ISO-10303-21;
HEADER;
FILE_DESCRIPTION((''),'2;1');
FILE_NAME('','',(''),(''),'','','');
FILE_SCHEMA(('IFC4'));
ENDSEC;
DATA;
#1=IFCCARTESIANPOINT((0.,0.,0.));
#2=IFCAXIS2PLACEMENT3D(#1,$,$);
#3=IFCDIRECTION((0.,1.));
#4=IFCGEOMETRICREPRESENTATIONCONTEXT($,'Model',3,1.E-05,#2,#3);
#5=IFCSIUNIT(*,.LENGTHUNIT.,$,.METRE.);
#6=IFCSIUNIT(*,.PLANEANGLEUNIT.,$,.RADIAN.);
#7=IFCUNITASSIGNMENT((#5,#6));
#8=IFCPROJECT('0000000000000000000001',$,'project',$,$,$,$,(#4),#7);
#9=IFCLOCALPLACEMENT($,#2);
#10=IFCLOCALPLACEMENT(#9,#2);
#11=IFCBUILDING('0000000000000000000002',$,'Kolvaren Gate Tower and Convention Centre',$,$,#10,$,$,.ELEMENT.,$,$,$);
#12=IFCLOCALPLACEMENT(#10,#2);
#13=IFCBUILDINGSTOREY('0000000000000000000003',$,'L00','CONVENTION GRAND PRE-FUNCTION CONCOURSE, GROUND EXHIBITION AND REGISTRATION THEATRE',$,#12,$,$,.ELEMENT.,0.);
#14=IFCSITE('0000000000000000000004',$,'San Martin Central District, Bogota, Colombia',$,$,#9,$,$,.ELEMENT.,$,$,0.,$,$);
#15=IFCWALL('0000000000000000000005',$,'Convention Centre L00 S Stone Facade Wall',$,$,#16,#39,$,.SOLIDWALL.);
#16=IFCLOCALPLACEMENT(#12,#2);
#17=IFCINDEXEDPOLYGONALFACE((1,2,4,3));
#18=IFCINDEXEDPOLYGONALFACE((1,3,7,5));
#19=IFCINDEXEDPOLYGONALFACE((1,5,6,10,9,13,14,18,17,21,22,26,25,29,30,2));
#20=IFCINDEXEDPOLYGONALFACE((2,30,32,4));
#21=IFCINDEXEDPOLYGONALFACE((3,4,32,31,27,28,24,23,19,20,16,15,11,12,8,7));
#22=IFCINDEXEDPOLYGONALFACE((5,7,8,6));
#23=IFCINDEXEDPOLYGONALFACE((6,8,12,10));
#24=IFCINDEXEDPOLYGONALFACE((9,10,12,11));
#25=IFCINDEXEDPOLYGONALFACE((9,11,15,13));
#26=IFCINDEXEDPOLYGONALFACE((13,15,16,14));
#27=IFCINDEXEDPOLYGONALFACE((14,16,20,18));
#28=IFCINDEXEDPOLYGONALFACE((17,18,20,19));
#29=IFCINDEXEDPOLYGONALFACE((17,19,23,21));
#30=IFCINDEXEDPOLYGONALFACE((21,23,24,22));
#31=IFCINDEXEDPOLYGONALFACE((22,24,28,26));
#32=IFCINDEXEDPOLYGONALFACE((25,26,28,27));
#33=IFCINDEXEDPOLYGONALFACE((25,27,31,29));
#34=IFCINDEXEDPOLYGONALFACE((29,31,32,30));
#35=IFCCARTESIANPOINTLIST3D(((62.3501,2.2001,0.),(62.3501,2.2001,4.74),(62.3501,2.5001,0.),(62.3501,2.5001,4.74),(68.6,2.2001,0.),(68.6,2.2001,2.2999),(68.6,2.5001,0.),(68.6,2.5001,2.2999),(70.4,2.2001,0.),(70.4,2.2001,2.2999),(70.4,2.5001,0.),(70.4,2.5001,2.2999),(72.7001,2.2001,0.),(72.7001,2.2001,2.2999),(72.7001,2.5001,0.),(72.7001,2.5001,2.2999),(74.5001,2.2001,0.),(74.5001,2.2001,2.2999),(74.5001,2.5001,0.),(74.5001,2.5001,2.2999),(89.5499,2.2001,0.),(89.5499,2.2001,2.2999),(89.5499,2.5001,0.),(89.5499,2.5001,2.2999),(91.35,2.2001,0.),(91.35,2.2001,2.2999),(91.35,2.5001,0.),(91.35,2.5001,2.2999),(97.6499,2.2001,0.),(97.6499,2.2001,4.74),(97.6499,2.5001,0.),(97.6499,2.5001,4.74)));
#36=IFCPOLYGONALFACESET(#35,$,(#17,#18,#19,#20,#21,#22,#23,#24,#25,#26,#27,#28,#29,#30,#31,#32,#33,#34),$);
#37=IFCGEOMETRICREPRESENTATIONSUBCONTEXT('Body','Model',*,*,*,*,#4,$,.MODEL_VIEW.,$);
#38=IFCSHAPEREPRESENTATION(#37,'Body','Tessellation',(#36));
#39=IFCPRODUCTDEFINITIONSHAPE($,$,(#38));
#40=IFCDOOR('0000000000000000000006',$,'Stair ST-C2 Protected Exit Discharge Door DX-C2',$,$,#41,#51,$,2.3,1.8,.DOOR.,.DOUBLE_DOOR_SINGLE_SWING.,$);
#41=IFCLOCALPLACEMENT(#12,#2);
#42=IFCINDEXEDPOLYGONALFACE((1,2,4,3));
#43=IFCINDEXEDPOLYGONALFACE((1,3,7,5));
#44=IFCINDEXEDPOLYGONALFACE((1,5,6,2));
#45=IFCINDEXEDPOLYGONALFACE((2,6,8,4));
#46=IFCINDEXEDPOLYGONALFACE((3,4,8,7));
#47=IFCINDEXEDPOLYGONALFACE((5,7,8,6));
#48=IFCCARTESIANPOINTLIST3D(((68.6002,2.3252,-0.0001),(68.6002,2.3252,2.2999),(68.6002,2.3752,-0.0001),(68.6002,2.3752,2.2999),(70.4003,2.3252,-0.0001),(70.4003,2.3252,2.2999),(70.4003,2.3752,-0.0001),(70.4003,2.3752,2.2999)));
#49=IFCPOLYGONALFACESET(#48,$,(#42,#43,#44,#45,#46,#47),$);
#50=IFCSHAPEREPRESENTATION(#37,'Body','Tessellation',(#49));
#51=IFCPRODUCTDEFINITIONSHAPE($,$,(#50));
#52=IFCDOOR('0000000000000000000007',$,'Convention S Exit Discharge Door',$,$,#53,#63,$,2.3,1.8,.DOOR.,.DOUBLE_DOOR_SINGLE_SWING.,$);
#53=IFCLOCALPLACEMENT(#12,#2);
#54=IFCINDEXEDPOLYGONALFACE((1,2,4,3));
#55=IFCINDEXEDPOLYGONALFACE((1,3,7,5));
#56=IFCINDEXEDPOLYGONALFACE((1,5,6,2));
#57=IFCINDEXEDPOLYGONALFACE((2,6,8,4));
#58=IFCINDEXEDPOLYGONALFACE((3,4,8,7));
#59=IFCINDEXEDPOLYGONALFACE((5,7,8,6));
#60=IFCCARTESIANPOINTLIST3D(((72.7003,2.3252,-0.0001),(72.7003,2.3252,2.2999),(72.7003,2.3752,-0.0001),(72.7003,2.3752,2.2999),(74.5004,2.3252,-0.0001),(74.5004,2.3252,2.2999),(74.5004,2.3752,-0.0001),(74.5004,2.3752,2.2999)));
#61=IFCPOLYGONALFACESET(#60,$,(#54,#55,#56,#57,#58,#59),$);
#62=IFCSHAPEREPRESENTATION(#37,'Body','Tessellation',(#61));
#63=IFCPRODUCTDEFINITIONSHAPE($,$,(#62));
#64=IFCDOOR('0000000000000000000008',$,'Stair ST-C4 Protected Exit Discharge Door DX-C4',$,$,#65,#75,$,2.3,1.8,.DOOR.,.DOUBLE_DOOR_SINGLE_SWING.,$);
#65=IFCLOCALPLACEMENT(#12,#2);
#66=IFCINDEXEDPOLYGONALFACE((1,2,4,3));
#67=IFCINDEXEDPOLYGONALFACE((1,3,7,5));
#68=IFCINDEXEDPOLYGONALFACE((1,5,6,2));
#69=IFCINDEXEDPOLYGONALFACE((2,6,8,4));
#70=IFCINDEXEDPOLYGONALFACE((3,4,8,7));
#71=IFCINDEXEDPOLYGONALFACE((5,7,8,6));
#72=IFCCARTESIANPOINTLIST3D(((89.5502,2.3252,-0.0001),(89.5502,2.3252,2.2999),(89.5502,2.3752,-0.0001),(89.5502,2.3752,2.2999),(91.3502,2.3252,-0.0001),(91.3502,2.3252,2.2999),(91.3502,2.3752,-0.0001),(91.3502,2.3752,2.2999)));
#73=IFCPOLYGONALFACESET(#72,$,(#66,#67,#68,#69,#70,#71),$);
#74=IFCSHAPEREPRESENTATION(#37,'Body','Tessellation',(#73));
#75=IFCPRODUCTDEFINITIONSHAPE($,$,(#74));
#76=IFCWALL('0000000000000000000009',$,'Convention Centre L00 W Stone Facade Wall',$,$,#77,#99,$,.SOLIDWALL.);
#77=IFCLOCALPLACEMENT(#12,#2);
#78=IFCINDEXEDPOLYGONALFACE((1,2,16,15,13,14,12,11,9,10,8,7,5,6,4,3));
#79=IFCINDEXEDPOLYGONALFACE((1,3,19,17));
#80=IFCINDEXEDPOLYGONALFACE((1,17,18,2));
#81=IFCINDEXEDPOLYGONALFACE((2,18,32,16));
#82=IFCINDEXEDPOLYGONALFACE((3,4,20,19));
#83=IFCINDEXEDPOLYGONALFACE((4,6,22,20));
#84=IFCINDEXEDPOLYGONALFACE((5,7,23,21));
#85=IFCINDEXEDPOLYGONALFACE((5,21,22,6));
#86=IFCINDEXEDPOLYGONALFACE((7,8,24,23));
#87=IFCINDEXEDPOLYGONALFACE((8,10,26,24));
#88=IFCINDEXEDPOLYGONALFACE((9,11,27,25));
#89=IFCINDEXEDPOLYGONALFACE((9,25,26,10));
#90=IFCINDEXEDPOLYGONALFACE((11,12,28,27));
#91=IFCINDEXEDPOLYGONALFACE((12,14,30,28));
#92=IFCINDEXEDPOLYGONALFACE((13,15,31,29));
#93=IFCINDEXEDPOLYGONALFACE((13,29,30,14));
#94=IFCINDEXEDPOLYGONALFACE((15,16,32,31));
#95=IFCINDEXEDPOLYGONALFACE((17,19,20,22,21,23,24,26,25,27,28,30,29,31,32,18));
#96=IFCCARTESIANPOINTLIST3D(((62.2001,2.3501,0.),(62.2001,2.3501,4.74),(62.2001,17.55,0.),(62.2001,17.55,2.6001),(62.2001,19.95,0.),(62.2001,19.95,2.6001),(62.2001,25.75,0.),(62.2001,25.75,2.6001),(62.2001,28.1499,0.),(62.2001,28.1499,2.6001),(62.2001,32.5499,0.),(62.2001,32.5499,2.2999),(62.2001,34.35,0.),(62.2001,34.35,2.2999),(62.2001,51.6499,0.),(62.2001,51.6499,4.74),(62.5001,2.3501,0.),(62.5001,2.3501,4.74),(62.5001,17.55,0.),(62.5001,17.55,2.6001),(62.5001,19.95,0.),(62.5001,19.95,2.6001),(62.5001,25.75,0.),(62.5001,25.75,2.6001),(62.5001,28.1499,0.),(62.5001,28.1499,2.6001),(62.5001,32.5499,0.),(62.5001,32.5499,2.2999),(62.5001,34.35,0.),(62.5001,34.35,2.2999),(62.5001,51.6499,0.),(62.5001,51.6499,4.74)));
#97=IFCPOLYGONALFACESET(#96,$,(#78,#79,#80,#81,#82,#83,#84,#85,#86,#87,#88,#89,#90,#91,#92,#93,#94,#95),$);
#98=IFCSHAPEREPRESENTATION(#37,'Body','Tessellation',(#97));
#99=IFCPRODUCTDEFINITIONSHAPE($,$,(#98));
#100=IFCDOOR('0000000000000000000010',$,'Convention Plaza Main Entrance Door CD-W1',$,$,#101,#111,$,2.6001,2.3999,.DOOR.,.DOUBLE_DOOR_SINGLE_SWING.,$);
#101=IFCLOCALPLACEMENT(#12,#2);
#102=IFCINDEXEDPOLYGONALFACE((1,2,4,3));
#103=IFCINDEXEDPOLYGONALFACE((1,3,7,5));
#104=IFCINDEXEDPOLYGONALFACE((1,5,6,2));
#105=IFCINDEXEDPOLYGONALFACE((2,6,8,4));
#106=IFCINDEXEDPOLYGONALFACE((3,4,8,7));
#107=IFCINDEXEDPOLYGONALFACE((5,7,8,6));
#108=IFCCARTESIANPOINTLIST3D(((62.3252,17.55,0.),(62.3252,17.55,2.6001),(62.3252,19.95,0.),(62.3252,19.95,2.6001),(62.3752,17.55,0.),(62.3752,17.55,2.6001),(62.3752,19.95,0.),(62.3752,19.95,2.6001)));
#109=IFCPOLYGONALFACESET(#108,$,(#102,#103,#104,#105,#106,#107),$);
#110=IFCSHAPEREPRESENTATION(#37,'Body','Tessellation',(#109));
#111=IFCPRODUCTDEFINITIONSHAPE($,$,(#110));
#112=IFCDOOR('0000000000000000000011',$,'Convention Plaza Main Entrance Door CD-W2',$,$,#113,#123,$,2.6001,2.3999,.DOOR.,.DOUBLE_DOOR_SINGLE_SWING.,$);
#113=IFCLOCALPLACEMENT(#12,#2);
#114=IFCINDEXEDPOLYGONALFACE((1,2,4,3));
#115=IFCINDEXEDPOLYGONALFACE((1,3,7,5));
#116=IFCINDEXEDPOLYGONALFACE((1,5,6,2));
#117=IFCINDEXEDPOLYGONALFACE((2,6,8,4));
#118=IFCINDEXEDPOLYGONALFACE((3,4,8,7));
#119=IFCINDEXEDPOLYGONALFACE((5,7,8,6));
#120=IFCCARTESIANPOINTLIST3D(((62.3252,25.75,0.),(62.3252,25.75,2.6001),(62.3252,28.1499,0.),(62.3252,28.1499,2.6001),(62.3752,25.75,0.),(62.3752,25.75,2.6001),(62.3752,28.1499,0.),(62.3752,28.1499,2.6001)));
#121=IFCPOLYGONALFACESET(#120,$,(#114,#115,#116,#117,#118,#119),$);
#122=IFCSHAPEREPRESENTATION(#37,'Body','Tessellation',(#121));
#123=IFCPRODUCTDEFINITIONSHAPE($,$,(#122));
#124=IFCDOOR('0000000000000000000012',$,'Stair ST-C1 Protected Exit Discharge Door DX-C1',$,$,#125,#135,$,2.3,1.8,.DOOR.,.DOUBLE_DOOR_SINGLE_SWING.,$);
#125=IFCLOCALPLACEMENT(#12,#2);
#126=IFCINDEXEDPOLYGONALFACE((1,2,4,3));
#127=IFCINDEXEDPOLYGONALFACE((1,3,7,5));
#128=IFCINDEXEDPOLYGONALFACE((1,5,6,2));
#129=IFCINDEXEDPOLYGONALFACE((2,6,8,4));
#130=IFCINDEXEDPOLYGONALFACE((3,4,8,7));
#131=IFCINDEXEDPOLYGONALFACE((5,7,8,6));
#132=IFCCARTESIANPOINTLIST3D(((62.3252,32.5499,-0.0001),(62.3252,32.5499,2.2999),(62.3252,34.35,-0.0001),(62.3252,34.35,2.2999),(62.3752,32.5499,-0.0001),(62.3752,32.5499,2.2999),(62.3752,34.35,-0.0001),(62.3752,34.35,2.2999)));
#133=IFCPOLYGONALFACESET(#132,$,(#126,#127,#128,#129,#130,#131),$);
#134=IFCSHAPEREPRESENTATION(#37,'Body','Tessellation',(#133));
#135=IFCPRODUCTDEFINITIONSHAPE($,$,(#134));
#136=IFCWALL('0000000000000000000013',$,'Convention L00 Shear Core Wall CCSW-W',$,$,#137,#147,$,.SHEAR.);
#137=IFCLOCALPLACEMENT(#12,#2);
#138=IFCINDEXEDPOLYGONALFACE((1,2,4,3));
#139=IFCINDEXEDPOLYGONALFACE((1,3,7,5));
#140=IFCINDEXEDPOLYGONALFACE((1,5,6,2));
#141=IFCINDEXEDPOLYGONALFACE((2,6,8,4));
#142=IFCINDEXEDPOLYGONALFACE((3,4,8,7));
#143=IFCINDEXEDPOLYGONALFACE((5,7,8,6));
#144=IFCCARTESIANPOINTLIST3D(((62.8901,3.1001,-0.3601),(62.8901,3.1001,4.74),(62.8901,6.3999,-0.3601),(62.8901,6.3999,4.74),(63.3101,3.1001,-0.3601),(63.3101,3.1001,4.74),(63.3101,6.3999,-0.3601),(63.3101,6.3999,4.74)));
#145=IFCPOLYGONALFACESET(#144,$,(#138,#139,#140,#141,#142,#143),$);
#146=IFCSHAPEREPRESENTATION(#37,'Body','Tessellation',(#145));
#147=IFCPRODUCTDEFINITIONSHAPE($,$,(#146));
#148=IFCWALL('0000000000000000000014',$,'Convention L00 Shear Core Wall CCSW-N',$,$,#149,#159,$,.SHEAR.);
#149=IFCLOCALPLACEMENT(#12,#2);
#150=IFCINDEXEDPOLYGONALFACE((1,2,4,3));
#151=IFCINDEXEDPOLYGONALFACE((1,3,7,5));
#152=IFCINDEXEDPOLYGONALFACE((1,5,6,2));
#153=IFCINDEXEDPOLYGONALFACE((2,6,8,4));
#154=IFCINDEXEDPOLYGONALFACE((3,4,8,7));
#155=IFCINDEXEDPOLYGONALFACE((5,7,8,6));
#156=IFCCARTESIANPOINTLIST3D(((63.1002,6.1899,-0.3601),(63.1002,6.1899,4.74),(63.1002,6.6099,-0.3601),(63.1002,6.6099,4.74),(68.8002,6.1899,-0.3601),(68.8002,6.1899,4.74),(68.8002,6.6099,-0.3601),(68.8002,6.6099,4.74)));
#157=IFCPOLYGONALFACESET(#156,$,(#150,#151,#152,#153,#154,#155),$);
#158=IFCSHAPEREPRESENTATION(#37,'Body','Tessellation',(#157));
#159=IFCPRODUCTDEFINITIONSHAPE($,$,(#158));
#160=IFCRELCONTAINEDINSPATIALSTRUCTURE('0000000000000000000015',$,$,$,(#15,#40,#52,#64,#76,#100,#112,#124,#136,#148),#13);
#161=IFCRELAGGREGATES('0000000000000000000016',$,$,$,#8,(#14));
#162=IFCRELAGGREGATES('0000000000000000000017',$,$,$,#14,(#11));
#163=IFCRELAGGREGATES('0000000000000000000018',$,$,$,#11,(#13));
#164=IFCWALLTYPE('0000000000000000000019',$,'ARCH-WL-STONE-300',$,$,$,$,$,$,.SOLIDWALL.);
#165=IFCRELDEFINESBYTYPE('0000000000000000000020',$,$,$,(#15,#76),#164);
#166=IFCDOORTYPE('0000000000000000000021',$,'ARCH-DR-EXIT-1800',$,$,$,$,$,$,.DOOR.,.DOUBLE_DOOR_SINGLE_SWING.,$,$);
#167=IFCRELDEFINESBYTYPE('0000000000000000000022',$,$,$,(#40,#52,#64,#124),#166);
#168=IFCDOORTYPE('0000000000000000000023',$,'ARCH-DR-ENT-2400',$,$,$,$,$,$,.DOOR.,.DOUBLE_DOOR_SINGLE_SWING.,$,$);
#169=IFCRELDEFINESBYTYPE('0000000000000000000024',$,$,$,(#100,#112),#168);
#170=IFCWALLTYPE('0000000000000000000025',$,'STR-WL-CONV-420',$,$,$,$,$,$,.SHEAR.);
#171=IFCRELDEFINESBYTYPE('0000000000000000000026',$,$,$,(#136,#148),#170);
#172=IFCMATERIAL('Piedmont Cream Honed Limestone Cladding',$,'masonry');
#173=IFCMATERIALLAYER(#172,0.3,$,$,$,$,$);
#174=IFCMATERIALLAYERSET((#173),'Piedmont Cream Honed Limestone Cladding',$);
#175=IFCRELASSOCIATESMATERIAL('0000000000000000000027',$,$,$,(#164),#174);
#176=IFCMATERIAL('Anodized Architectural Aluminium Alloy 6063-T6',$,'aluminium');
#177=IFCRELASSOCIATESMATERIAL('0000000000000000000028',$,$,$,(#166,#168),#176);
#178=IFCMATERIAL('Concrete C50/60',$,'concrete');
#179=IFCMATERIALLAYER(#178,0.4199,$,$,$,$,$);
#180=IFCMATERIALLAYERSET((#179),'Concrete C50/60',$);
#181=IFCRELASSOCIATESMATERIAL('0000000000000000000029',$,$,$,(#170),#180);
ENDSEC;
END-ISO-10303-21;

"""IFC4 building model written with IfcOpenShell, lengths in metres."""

from ifc_helpers import new_model, si_unit, direction, frame, frame_2d, origin, place, context, subcontext, project, spatial, rectangle, extrude, material, layer, layer_set, type_object, element, fill, save


model = new_model("IFC4")

# Units and contexts
model_context = context("Model", 3, precision=1e-05, world=origin(), true_north=direction((0.0, 1.0)))
body_context = subcontext(model_context, "Body", "Model", "MODEL_VIEW")
ifc_project = project(units=[si_unit("LENGTHUNIT", "METRE"), si_unit("PLANEANGLEUNIT", "RADIAN")], contexts=[model_context])

# Site, building, storey
site_placement = place(None, origin())
site = spatial("IfcSite", under=ifc_project, at=site_placement, Name="San Martin Central District, Bogota, Colombia", CompositionType="ELEMENT", RefElevation=0.0)
building_placement = place(site_placement, origin())
building = spatial("IfcBuilding", under=site, at=building_placement, Name="Kolvaren Gate Tower and Convention Centre", CompositionType="ELEMENT")
storey_placement = place(building_placement, origin())
storey = spatial("IfcBuildingStorey", under=building, at=storey_placement, Name="L00", Description="CONVENTION GRAND PRE-FUNCTION CONCOURSE, GROUND EXHIBITION AND REGISTRATION THEATRE", CompositionType="ELEMENT", Elevation=0.0)

# Shared definitions
ifc_material_1 = material(Name="Anodized Architectural Aluminium Alloy 6063-T6", Category="aluminium")

# Walls, openings, doors
ifc_material_2 = material(Name="Piedmont Cream Honed Limestone Cladding", Category="masonry")
ifc_layer_1 = layer(ifc_material_2, 0.3)
ifc_layer_set_1 = layer_set([ifc_layer_1], Name="Piedmont Cream Honed Limestone Cladding")
wall_type_1 = type_object("IfcWallType", Name="ARCH-WL-STONE-300", PredefinedType="SOLIDWALL", material=ifc_layer_set_1)
wall_1_placement = place(storey_placement, frame((62.3501, 2.3501, 0.0), z_axis=(0.0, 0.0, 1.0), x_axis=(1.0, 0.0, 0.0)))
wall_1 = element("IfcWall", 1, at=wall_1_placement, inside=storey, type_object=wall_type_1, Name="Convention Centre L00 S Stone Facade Wall", PredefinedType="SOLIDWALL", context=body_context, shape_type="SweptSolid", body=[
    extrude(rectangle(XDim=35.2998, YDim=0.3, at=frame_2d((17.6499, 0.0))), origin(), (0.0, 0.0, 1.0), 4.74),
])
opening_1_placement = place(wall_1_placement, frame((6.25, 0.0, 0.0)))
opening_1 = element("IfcOpeningElement", 2, at=opening_1_placement, cuts=wall_1, PredefinedType="OPENING", context=body_context, shape_type="SweptSolid", body=[
    extrude(rectangle(XDim=1.8, YDim=2.3, at=frame_2d((0.8999, 1.1499))), frame((0.0, 0.1599, 0.0), z_axis=(0.0, -1.0, 0.0), x_axis=(1.0, 0.0, 0.0)), (0.0, 0.0, 1.0), 0.3201),
])
opening_2_placement = place(wall_1_placement, frame((10.3501, 0.0, 0.0)))
opening_2 = element("IfcOpeningElement", 3, at=opening_2_placement, cuts=wall_1, PredefinedType="OPENING", context=body_context, shape_type="SweptSolid", body=[
    extrude(rectangle(XDim=1.8, YDim=2.3, at=frame_2d((0.8999, 1.1499))), frame((0.0, 0.1599, 0.0), z_axis=(0.0, -1.0, 0.0), x_axis=(1.0, 0.0, 0.0)), (0.0, 0.0, 1.0), 0.3201),
])
opening_3_placement = place(wall_1_placement, frame((27.2, 0.0, 0.0)))
opening_3 = element("IfcOpeningElement", 4, at=opening_3_placement, cuts=wall_1, PredefinedType="OPENING", context=body_context, shape_type="SweptSolid", body=[
    extrude(rectangle(XDim=1.8, YDim=2.3, at=frame_2d((0.8999, 1.1499))), frame((0.0, 0.1599, 0.0), z_axis=(0.0, -1.0, 0.0), x_axis=(1.0, 0.0, 0.0)), (0.0, 0.0, 1.0), 0.3201),
])
door_type_1 = type_object("IfcDoorType", Name="ARCH-DR-EXIT-1800", OperationType="DOUBLE_DOOR_SINGLE_SWING", PredefinedType="DOOR", material=ifc_material_1)
door_1_placement = place(opening_1_placement, frame((1.8, 0.0, 0.0), z_axis=(0.0, 0.0, 1.0), x_axis=(-1.0, 0.0, 0.0)))
door_1 = element("IfcDoor", 5, at=door_1_placement, inside=storey, type_object=door_type_1, Name="Stair ST-C2 Protected Exit Discharge Door DX-C2", OperationType="DOUBLE_DOOR_SINGLE_SWING", OverallHeight=2.3, OverallWidth=1.8, PredefinedType="DOOR", context=body_context, shape_type="SweptSolid", body=[
    extrude(rectangle(XDim=1.8, YDim=2.3, at=frame_2d((0.8999, 1.1499))), frame((0.0, 0.0249, 0.0), z_axis=(0.0, -1.0, 0.0), x_axis=(1.0, 0.0, 0.0)), (0.0, 0.0, 1.0), 0.05),
])
fill(opening_1, door_1)
door_2_placement = place(opening_2_placement, frame((1.8, 0.0, 0.0), z_axis=(0.0, 0.0, 1.0), x_axis=(-1.0, 0.0, 0.0)))
door_2 = element("IfcDoor", 6, at=door_2_placement, inside=storey, type_object=door_type_1, Name="Convention S Exit Discharge Door", OperationType="DOUBLE_DOOR_SINGLE_SWING", OverallHeight=2.3, OverallWidth=1.8, PredefinedType="DOOR", context=body_context, shape_type="SweptSolid", body=[
    extrude(rectangle(XDim=1.8, YDim=2.3, at=frame_2d((0.8999, 1.1499))), frame((0.0, 0.0249, 0.0), z_axis=(0.0, -1.0, 0.0), x_axis=(1.0, 0.0, 0.0)), (0.0, 0.0, 1.0), 0.05),
])
fill(opening_2, door_2)
door_3_placement = place(opening_3_placement, frame((1.8, 0.0, 0.0), z_axis=(0.0, 0.0, 1.0), x_axis=(-1.0, 0.0, 0.0)))
door_3 = element("IfcDoor", 7, at=door_3_placement, inside=storey, type_object=door_type_1, Name="Stair ST-C4 Protected Exit Discharge Door DX-C4", OperationType="DOUBLE_DOOR_SINGLE_SWING", OverallHeight=2.3, OverallWidth=1.8, PredefinedType="DOOR", context=body_context, shape_type="SweptSolid", body=[
    extrude(rectangle(XDim=1.8, YDim=2.3, at=frame_2d((0.8999, 1.1499))), frame((0.0, 0.0249, 0.0), z_axis=(0.0, -1.0, 0.0), x_axis=(1.0, 0.0, 0.0)), (0.0, 0.0, 1.0), 0.05),
])
fill(opening_3, door_3)
wall_2_placement = place(storey_placement, frame((62.3501, 2.3501, 0.0), z_axis=(0.0, 0.0, 1.0), x_axis=(0.0, 1.0, 0.0)))
wall_2 = element("IfcWall", 8, at=wall_2_placement, inside=storey, type_object=wall_type_1, Name="Convention Centre L00 W Stone Facade Wall", PredefinedType="SOLIDWALL", context=body_context, shape_type="SweptSolid", body=[
    extrude(rectangle(XDim=49.2998, YDim=0.3, at=frame_2d((24.6499, 0.0))), origin(), (0.0, 0.0, 1.0), 4.74),
])
opening_4_placement = place(wall_2_placement, frame((15.2, 0.0, 0.0)))
opening_4 = element("IfcOpeningElement", 9, at=opening_4_placement, cuts=wall_2, PredefinedType="OPENING", context=body_context, shape_type="SweptSolid", body=[
    extrude(rectangle(XDim=2.3999, YDim=2.6001, at=frame_2d((1.2, 1.3))), frame((0.0, 0.1599, 0.0), z_axis=(0.0, -1.0, 0.0), x_axis=(1.0, 0.0, 0.0)), (0.0, 0.0, 1.0), 0.3201),
])
opening_5_placement = place(wall_2_placement, frame((23.3999, 0.0, 0.0)))
opening_5 = element("IfcOpeningElement", 10, at=opening_5_placement, cuts=wall_2, PredefinedType="OPENING", context=body_context, shape_type="SweptSolid", body=[
    extrude(rectangle(XDim=2.3999, YDim=2.6001, at=frame_2d((1.2, 1.3))), frame((0.0, 0.1599, 0.0), z_axis=(0.0, -1.0, 0.0), x_axis=(1.0, 0.0, 0.0)), (0.0, 0.0, 1.0), 0.3201),
])
opening_6_placement = place(wall_2_placement, frame((30.2, 0.0, 0.0)))
opening_6 = element("IfcOpeningElement", 11, at=opening_6_placement, cuts=wall_2, PredefinedType="OPENING", context=body_context, shape_type="SweptSolid", body=[
    extrude(rectangle(XDim=1.8, YDim=2.3, at=frame_2d((0.8999, 1.1499))), frame((0.0, 0.1599, 0.0), z_axis=(0.0, -1.0, 0.0), x_axis=(1.0, 0.0, 0.0)), (0.0, 0.0, 1.0), 0.3201),
])
door_type_2 = type_object("IfcDoorType", Name="ARCH-DR-ENT-2400", OperationType="DOUBLE_DOOR_SINGLE_SWING", PredefinedType="DOOR", material=ifc_material_1)
door_4_placement = place(opening_4_placement, origin())
door_4 = element("IfcDoor", 12, at=door_4_placement, inside=storey, type_object=door_type_2, Name="Convention Plaza Main Entrance Door CD-W1", OperationType="DOUBLE_DOOR_SINGLE_SWING", OverallHeight=2.6001, OverallWidth=2.3999, PredefinedType="DOOR", context=body_context, shape_type="SweptSolid", body=[
    extrude(rectangle(XDim=2.3999, YDim=2.6001, at=frame_2d((1.2, 1.3))), frame((0.0, 0.0249, 0.0), z_axis=(0.0, -1.0, 0.0), x_axis=(1.0, 0.0, 0.0)), (0.0, 0.0, 1.0), 0.05),
])
fill(opening_4, door_4)
door_5_placement = place(opening_5_placement, origin())
door_5 = element("IfcDoor", 13, at=door_5_placement, inside=storey, type_object=door_type_2, Name="Convention Plaza Main Entrance Door CD-W2", OperationType="DOUBLE_DOOR_SINGLE_SWING", OverallHeight=2.6001, OverallWidth=2.3999, PredefinedType="DOOR", context=body_context, shape_type="SweptSolid", body=[
    extrude(rectangle(XDim=2.3999, YDim=2.6001, at=frame_2d((1.2, 1.3))), frame((0.0, 0.0249, 0.0), z_axis=(0.0, -1.0, 0.0), x_axis=(1.0, 0.0, 0.0)), (0.0, 0.0, 1.0), 0.05),
])
fill(opening_5, door_5)
door_6_placement = place(opening_6_placement, origin())
door_6 = element("IfcDoor", 14, at=door_6_placement, inside=storey, type_object=door_type_1, Name="Stair ST-C1 Protected Exit Discharge Door DX-C1", OperationType="DOUBLE_DOOR_SINGLE_SWING", OverallHeight=2.3, OverallWidth=1.8, PredefinedType="DOOR", context=body_context, shape_type="SweptSolid", body=[
    extrude(rectangle(XDim=1.8, YDim=2.3, at=frame_2d((0.8999, 1.1499))), frame((0.0, 0.0249, 0.0), z_axis=(0.0, -1.0, 0.0), x_axis=(1.0, 0.0, 0.0)), (0.0, 0.0, 1.0), 0.05),
])
fill(opening_6, door_6)

# Walls
ifc_material_3 = material(Name="Concrete C50/60", Category="concrete")
ifc_layer_2 = layer(ifc_material_3, 0.4199)
ifc_layer_set_2 = layer_set([ifc_layer_2], Name="Concrete C50/60")
wall_type_2 = type_object("IfcWallType", Name="STR-WL-CONV-420", PredefinedType="SHEAR", material=ifc_layer_set_2)
wall_3_placement = place(storey_placement, frame((63.1001, 3.1001, -0.3601), z_axis=(0.0, 0.0, 1.0), x_axis=(0.0, 1.0, 0.0)))
element("IfcWall", 15, at=wall_3_placement, inside=storey, type_object=wall_type_2, Name="Convention L00 Shear Core Wall CCSW-W", PredefinedType="SHEAR", context=body_context, shape_type="SweptSolid", body=[
    extrude(rectangle(XDim=3.2998, YDim=0.4199, at=frame_2d((1.6499, 0.0))), origin(), (0.0, 0.0, 1.0), 5.1001),
])
wall_4_placement = place(storey_placement, frame((63.1001, 6.3999, -0.3601), z_axis=(0.0, 0.0, 1.0), x_axis=(1.0, 0.0, 0.0)))
element("IfcWall", 16, at=wall_4_placement, inside=storey, type_object=wall_type_2, Name="Convention L00 Shear Core Wall CCSW-N", PredefinedType="SHEAR", context=body_context, shape_type="SweptSolid", body=[
    extrude(rectangle(XDim=5.7, YDim=0.4199, at=frame_2d((2.8501, 0.0))), origin(), (0.0, 0.0, 1.0), 5.1001),
])

save(model, "model.ifc")
